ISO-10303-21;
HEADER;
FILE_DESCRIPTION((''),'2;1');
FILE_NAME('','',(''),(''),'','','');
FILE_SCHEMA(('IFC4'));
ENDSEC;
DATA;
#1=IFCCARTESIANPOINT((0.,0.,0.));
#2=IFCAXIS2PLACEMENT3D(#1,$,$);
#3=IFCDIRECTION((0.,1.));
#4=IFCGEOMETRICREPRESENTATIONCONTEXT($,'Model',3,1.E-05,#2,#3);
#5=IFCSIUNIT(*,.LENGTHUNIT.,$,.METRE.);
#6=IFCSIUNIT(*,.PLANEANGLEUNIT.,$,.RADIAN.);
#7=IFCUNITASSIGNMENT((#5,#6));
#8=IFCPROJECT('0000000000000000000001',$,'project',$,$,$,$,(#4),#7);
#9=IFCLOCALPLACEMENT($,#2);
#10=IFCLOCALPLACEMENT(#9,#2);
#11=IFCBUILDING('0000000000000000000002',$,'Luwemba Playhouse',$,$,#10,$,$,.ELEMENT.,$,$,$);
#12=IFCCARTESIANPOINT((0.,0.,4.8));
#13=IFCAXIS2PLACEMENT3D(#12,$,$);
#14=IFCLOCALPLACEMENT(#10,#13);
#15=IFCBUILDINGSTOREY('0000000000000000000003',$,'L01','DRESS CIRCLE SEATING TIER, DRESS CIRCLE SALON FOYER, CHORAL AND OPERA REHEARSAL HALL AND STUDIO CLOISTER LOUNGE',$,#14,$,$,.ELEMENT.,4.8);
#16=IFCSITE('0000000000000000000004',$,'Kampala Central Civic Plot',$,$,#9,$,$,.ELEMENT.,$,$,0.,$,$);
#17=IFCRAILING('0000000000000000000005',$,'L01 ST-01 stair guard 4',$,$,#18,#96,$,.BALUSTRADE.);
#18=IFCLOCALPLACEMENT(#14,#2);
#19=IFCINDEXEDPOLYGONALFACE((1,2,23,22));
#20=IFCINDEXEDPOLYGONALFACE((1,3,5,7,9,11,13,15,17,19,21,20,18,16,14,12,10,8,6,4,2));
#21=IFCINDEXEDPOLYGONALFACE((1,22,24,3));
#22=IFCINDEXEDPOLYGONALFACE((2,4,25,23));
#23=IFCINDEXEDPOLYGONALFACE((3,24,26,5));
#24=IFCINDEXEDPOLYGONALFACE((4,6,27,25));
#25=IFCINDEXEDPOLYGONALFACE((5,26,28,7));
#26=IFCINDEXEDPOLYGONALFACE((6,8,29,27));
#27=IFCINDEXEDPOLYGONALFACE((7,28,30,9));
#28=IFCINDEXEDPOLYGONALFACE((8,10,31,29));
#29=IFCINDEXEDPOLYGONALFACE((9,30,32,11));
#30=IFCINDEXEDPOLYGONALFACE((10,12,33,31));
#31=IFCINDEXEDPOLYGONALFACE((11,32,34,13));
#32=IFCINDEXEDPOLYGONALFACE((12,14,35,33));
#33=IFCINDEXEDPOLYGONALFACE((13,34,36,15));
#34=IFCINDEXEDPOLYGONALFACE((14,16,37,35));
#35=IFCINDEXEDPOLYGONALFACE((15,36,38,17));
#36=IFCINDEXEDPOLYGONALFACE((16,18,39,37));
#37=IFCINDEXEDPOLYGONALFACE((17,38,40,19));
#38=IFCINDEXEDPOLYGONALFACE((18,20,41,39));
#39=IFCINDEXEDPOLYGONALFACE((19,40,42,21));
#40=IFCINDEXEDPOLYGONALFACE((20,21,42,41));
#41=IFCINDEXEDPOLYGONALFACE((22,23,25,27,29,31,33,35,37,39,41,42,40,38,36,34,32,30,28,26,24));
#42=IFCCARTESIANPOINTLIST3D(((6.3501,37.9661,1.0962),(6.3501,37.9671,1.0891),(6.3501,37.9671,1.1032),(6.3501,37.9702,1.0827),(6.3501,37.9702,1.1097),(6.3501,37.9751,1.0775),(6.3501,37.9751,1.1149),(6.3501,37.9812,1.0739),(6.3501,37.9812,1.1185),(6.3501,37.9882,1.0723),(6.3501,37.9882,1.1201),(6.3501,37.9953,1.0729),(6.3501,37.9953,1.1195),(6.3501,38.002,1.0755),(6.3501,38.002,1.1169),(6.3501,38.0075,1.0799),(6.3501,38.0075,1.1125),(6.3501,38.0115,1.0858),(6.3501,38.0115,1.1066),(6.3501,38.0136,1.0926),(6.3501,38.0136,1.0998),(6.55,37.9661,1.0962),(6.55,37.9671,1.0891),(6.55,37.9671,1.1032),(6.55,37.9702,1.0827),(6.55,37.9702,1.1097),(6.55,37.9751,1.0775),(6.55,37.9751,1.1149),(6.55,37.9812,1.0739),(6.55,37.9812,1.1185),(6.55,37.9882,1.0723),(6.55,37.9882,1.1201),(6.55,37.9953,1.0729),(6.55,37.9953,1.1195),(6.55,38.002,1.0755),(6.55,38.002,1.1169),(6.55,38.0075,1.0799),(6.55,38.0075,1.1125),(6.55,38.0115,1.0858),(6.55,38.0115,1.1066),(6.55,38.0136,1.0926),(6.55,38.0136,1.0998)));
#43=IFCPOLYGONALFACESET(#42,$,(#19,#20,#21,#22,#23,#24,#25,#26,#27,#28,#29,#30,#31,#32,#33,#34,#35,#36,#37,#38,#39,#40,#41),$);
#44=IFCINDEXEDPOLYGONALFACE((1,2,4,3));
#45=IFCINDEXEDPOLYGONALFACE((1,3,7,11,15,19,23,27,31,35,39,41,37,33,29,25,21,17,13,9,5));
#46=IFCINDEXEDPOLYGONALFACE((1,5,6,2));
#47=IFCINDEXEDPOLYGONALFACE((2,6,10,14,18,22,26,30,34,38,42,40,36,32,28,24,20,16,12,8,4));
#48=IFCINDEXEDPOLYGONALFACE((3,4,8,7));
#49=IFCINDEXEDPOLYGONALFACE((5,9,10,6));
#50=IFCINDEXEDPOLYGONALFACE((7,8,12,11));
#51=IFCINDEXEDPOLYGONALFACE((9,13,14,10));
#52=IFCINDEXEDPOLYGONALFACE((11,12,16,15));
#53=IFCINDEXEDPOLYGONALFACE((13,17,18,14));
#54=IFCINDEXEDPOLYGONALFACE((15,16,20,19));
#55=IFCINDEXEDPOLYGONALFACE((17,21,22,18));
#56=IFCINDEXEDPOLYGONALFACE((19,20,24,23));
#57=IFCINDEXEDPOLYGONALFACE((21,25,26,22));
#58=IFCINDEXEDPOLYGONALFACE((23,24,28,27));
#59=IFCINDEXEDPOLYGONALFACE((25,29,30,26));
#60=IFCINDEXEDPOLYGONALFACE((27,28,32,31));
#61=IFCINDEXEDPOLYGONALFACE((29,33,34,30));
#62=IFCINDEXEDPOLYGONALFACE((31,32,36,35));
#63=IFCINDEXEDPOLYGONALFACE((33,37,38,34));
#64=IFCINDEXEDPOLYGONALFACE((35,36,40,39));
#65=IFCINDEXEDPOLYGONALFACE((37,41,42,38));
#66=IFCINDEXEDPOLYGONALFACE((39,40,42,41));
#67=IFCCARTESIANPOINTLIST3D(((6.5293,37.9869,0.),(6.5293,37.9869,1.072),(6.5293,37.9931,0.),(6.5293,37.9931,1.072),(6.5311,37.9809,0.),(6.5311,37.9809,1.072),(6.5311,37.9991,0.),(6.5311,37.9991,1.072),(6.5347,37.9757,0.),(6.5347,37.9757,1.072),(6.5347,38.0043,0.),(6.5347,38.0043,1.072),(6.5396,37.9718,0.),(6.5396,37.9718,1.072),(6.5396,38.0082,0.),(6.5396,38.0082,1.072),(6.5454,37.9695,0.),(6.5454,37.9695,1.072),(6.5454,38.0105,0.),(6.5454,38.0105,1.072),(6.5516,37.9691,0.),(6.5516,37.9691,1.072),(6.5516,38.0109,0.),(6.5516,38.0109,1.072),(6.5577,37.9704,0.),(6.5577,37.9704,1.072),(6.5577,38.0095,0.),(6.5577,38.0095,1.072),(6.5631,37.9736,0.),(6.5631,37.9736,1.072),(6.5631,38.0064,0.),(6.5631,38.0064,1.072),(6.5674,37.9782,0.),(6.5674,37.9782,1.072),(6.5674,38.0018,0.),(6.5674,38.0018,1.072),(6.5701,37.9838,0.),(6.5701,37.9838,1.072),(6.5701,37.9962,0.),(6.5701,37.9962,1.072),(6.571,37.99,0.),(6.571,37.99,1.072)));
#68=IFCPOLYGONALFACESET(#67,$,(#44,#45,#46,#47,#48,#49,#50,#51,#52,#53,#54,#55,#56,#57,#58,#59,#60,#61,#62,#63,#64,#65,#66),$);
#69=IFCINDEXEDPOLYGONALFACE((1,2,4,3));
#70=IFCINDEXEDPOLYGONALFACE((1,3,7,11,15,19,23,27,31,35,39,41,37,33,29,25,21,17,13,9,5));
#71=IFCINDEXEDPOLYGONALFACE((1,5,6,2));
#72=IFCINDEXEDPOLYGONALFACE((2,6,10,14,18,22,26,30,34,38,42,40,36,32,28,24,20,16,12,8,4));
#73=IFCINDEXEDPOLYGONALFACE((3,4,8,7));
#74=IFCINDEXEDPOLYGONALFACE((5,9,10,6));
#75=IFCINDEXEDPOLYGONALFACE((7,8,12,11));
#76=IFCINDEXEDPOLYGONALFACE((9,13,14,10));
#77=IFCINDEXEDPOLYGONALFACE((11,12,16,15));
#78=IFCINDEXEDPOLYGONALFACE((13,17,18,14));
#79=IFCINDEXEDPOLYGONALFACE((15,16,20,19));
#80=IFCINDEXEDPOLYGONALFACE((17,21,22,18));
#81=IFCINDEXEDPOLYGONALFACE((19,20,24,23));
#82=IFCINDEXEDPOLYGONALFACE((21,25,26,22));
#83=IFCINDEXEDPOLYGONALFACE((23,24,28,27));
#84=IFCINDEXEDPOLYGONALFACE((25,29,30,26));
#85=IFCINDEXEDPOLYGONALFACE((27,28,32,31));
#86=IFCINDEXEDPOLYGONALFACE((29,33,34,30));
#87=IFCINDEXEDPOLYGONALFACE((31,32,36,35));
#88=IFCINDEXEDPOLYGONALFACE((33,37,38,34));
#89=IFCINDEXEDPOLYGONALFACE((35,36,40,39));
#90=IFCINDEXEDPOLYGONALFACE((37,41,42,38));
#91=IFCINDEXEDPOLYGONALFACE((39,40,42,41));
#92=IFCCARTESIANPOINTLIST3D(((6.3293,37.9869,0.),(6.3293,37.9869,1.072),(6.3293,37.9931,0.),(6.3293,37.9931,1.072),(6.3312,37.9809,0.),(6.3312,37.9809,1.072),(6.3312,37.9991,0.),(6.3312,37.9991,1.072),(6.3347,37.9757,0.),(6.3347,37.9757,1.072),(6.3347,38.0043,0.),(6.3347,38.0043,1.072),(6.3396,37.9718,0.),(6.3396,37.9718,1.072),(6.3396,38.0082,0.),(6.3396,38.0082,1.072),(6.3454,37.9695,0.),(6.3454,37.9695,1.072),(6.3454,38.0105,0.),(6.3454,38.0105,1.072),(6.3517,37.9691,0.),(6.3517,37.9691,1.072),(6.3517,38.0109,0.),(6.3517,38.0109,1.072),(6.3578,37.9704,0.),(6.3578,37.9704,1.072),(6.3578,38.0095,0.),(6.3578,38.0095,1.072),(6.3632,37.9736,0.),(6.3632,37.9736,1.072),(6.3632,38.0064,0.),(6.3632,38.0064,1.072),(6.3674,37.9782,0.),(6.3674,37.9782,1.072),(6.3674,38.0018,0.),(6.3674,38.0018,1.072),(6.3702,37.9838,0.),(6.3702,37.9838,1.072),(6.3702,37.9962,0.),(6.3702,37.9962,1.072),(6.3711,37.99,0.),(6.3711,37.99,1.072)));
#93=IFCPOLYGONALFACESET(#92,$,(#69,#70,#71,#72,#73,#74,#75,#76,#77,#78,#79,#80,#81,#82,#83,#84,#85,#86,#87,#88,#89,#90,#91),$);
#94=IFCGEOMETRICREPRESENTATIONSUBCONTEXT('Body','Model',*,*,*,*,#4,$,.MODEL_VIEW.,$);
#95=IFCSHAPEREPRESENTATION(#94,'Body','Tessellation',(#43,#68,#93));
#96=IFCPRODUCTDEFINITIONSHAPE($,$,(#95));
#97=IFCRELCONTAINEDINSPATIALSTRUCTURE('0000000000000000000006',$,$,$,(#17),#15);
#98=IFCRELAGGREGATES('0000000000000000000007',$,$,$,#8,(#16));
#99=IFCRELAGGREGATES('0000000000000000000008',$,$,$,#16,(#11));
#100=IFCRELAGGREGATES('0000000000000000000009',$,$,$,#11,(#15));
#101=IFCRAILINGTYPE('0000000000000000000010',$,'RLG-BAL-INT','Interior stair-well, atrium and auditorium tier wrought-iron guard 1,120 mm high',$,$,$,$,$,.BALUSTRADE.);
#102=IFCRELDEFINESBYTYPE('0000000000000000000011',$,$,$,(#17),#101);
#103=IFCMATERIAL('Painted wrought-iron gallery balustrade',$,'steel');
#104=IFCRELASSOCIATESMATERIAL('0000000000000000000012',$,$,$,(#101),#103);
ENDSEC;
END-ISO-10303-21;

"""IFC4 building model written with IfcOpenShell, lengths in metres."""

from ifc_helpers import new_model, si_unit, direction, frame, origin, origin_2d, place, context, subcontext, project, spatial, circle, extrude, material, type_object, element, save


model = new_model("IFC4")

# Units and contexts
model_context = context("Model", 3, precision=1e-05, world=origin(), true_north=direction((0.0, 1.0)))
body_context = subcontext(model_context, "Body", "Model", "MODEL_VIEW")
ifc_project = project(units=[si_unit("LENGTHUNIT", "METRE"), si_unit("PLANEANGLEUNIT", "RADIAN")], contexts=[model_context])

# Site, building, storey
site_placement = place(None, origin())
site = spatial("IfcSite", under=ifc_project, at=site_placement, Name="Kampala Central Civic Plot", CompositionType="ELEMENT", RefElevation=0.0)
building_placement = place(site_placement, origin())
building = spatial("IfcBuilding", under=site, at=building_placement, Name="Luwemba Playhouse", CompositionType="ELEMENT")
storey_placement = place(building_placement, frame((0.0, 0.0, 4.8)))
storey = spatial("IfcBuildingStorey", under=building, at=storey_placement, Name="L01", Description="DRESS CIRCLE SEATING TIER, DRESS CIRCLE SALON FOYER, CHORAL AND OPERA REHEARSAL HALL AND STUDIO CLOISTER LOUNGE", CompositionType="ELEMENT", Elevation=4.8)

# Railing
ifc_material_1 = material(Name="Painted wrought-iron gallery balustrade", Category="steel")
railing_type = type_object("IfcRailingType", Name="RLG-BAL-INT", Description="Interior stair-well, atrium and auditorium tier wrought-iron guard 1,120 mm high", PredefinedType="BALUSTRADE", material=ifc_material_1)
railing_1_placement = place(storey_placement, frame((6.55, 37.99, 0.0)))
element("IfcRailing", 1, at=railing_1_placement, inside=storey, type_object=railing_type, Name="L01 ST-01 stair guard 4", PredefinedType="BALUSTRADE", context=body_context, shape_type="SweptSolid", body=[
    extrude(circle(Radius=0.0239, at=origin_2d()), frame((0.0, 0.0, 1.0962), z_axis=(-1.0, 0.0, 0.0), x_axis=(0.0, -1.0, 0.0)), (0.0, 0.0, 1.0), 0.2),
    extrude(circle(Radius=0.021, at=origin_2d()), origin(), (0.0, 0.0, 1.0), 1.072),
    extrude(circle(Radius=0.021, at=origin_2d()), frame((-0.2, 0.0, 0.0)), (0.0, 0.0, 1.0), 1.072),
])

save(model, "model.ifc")
